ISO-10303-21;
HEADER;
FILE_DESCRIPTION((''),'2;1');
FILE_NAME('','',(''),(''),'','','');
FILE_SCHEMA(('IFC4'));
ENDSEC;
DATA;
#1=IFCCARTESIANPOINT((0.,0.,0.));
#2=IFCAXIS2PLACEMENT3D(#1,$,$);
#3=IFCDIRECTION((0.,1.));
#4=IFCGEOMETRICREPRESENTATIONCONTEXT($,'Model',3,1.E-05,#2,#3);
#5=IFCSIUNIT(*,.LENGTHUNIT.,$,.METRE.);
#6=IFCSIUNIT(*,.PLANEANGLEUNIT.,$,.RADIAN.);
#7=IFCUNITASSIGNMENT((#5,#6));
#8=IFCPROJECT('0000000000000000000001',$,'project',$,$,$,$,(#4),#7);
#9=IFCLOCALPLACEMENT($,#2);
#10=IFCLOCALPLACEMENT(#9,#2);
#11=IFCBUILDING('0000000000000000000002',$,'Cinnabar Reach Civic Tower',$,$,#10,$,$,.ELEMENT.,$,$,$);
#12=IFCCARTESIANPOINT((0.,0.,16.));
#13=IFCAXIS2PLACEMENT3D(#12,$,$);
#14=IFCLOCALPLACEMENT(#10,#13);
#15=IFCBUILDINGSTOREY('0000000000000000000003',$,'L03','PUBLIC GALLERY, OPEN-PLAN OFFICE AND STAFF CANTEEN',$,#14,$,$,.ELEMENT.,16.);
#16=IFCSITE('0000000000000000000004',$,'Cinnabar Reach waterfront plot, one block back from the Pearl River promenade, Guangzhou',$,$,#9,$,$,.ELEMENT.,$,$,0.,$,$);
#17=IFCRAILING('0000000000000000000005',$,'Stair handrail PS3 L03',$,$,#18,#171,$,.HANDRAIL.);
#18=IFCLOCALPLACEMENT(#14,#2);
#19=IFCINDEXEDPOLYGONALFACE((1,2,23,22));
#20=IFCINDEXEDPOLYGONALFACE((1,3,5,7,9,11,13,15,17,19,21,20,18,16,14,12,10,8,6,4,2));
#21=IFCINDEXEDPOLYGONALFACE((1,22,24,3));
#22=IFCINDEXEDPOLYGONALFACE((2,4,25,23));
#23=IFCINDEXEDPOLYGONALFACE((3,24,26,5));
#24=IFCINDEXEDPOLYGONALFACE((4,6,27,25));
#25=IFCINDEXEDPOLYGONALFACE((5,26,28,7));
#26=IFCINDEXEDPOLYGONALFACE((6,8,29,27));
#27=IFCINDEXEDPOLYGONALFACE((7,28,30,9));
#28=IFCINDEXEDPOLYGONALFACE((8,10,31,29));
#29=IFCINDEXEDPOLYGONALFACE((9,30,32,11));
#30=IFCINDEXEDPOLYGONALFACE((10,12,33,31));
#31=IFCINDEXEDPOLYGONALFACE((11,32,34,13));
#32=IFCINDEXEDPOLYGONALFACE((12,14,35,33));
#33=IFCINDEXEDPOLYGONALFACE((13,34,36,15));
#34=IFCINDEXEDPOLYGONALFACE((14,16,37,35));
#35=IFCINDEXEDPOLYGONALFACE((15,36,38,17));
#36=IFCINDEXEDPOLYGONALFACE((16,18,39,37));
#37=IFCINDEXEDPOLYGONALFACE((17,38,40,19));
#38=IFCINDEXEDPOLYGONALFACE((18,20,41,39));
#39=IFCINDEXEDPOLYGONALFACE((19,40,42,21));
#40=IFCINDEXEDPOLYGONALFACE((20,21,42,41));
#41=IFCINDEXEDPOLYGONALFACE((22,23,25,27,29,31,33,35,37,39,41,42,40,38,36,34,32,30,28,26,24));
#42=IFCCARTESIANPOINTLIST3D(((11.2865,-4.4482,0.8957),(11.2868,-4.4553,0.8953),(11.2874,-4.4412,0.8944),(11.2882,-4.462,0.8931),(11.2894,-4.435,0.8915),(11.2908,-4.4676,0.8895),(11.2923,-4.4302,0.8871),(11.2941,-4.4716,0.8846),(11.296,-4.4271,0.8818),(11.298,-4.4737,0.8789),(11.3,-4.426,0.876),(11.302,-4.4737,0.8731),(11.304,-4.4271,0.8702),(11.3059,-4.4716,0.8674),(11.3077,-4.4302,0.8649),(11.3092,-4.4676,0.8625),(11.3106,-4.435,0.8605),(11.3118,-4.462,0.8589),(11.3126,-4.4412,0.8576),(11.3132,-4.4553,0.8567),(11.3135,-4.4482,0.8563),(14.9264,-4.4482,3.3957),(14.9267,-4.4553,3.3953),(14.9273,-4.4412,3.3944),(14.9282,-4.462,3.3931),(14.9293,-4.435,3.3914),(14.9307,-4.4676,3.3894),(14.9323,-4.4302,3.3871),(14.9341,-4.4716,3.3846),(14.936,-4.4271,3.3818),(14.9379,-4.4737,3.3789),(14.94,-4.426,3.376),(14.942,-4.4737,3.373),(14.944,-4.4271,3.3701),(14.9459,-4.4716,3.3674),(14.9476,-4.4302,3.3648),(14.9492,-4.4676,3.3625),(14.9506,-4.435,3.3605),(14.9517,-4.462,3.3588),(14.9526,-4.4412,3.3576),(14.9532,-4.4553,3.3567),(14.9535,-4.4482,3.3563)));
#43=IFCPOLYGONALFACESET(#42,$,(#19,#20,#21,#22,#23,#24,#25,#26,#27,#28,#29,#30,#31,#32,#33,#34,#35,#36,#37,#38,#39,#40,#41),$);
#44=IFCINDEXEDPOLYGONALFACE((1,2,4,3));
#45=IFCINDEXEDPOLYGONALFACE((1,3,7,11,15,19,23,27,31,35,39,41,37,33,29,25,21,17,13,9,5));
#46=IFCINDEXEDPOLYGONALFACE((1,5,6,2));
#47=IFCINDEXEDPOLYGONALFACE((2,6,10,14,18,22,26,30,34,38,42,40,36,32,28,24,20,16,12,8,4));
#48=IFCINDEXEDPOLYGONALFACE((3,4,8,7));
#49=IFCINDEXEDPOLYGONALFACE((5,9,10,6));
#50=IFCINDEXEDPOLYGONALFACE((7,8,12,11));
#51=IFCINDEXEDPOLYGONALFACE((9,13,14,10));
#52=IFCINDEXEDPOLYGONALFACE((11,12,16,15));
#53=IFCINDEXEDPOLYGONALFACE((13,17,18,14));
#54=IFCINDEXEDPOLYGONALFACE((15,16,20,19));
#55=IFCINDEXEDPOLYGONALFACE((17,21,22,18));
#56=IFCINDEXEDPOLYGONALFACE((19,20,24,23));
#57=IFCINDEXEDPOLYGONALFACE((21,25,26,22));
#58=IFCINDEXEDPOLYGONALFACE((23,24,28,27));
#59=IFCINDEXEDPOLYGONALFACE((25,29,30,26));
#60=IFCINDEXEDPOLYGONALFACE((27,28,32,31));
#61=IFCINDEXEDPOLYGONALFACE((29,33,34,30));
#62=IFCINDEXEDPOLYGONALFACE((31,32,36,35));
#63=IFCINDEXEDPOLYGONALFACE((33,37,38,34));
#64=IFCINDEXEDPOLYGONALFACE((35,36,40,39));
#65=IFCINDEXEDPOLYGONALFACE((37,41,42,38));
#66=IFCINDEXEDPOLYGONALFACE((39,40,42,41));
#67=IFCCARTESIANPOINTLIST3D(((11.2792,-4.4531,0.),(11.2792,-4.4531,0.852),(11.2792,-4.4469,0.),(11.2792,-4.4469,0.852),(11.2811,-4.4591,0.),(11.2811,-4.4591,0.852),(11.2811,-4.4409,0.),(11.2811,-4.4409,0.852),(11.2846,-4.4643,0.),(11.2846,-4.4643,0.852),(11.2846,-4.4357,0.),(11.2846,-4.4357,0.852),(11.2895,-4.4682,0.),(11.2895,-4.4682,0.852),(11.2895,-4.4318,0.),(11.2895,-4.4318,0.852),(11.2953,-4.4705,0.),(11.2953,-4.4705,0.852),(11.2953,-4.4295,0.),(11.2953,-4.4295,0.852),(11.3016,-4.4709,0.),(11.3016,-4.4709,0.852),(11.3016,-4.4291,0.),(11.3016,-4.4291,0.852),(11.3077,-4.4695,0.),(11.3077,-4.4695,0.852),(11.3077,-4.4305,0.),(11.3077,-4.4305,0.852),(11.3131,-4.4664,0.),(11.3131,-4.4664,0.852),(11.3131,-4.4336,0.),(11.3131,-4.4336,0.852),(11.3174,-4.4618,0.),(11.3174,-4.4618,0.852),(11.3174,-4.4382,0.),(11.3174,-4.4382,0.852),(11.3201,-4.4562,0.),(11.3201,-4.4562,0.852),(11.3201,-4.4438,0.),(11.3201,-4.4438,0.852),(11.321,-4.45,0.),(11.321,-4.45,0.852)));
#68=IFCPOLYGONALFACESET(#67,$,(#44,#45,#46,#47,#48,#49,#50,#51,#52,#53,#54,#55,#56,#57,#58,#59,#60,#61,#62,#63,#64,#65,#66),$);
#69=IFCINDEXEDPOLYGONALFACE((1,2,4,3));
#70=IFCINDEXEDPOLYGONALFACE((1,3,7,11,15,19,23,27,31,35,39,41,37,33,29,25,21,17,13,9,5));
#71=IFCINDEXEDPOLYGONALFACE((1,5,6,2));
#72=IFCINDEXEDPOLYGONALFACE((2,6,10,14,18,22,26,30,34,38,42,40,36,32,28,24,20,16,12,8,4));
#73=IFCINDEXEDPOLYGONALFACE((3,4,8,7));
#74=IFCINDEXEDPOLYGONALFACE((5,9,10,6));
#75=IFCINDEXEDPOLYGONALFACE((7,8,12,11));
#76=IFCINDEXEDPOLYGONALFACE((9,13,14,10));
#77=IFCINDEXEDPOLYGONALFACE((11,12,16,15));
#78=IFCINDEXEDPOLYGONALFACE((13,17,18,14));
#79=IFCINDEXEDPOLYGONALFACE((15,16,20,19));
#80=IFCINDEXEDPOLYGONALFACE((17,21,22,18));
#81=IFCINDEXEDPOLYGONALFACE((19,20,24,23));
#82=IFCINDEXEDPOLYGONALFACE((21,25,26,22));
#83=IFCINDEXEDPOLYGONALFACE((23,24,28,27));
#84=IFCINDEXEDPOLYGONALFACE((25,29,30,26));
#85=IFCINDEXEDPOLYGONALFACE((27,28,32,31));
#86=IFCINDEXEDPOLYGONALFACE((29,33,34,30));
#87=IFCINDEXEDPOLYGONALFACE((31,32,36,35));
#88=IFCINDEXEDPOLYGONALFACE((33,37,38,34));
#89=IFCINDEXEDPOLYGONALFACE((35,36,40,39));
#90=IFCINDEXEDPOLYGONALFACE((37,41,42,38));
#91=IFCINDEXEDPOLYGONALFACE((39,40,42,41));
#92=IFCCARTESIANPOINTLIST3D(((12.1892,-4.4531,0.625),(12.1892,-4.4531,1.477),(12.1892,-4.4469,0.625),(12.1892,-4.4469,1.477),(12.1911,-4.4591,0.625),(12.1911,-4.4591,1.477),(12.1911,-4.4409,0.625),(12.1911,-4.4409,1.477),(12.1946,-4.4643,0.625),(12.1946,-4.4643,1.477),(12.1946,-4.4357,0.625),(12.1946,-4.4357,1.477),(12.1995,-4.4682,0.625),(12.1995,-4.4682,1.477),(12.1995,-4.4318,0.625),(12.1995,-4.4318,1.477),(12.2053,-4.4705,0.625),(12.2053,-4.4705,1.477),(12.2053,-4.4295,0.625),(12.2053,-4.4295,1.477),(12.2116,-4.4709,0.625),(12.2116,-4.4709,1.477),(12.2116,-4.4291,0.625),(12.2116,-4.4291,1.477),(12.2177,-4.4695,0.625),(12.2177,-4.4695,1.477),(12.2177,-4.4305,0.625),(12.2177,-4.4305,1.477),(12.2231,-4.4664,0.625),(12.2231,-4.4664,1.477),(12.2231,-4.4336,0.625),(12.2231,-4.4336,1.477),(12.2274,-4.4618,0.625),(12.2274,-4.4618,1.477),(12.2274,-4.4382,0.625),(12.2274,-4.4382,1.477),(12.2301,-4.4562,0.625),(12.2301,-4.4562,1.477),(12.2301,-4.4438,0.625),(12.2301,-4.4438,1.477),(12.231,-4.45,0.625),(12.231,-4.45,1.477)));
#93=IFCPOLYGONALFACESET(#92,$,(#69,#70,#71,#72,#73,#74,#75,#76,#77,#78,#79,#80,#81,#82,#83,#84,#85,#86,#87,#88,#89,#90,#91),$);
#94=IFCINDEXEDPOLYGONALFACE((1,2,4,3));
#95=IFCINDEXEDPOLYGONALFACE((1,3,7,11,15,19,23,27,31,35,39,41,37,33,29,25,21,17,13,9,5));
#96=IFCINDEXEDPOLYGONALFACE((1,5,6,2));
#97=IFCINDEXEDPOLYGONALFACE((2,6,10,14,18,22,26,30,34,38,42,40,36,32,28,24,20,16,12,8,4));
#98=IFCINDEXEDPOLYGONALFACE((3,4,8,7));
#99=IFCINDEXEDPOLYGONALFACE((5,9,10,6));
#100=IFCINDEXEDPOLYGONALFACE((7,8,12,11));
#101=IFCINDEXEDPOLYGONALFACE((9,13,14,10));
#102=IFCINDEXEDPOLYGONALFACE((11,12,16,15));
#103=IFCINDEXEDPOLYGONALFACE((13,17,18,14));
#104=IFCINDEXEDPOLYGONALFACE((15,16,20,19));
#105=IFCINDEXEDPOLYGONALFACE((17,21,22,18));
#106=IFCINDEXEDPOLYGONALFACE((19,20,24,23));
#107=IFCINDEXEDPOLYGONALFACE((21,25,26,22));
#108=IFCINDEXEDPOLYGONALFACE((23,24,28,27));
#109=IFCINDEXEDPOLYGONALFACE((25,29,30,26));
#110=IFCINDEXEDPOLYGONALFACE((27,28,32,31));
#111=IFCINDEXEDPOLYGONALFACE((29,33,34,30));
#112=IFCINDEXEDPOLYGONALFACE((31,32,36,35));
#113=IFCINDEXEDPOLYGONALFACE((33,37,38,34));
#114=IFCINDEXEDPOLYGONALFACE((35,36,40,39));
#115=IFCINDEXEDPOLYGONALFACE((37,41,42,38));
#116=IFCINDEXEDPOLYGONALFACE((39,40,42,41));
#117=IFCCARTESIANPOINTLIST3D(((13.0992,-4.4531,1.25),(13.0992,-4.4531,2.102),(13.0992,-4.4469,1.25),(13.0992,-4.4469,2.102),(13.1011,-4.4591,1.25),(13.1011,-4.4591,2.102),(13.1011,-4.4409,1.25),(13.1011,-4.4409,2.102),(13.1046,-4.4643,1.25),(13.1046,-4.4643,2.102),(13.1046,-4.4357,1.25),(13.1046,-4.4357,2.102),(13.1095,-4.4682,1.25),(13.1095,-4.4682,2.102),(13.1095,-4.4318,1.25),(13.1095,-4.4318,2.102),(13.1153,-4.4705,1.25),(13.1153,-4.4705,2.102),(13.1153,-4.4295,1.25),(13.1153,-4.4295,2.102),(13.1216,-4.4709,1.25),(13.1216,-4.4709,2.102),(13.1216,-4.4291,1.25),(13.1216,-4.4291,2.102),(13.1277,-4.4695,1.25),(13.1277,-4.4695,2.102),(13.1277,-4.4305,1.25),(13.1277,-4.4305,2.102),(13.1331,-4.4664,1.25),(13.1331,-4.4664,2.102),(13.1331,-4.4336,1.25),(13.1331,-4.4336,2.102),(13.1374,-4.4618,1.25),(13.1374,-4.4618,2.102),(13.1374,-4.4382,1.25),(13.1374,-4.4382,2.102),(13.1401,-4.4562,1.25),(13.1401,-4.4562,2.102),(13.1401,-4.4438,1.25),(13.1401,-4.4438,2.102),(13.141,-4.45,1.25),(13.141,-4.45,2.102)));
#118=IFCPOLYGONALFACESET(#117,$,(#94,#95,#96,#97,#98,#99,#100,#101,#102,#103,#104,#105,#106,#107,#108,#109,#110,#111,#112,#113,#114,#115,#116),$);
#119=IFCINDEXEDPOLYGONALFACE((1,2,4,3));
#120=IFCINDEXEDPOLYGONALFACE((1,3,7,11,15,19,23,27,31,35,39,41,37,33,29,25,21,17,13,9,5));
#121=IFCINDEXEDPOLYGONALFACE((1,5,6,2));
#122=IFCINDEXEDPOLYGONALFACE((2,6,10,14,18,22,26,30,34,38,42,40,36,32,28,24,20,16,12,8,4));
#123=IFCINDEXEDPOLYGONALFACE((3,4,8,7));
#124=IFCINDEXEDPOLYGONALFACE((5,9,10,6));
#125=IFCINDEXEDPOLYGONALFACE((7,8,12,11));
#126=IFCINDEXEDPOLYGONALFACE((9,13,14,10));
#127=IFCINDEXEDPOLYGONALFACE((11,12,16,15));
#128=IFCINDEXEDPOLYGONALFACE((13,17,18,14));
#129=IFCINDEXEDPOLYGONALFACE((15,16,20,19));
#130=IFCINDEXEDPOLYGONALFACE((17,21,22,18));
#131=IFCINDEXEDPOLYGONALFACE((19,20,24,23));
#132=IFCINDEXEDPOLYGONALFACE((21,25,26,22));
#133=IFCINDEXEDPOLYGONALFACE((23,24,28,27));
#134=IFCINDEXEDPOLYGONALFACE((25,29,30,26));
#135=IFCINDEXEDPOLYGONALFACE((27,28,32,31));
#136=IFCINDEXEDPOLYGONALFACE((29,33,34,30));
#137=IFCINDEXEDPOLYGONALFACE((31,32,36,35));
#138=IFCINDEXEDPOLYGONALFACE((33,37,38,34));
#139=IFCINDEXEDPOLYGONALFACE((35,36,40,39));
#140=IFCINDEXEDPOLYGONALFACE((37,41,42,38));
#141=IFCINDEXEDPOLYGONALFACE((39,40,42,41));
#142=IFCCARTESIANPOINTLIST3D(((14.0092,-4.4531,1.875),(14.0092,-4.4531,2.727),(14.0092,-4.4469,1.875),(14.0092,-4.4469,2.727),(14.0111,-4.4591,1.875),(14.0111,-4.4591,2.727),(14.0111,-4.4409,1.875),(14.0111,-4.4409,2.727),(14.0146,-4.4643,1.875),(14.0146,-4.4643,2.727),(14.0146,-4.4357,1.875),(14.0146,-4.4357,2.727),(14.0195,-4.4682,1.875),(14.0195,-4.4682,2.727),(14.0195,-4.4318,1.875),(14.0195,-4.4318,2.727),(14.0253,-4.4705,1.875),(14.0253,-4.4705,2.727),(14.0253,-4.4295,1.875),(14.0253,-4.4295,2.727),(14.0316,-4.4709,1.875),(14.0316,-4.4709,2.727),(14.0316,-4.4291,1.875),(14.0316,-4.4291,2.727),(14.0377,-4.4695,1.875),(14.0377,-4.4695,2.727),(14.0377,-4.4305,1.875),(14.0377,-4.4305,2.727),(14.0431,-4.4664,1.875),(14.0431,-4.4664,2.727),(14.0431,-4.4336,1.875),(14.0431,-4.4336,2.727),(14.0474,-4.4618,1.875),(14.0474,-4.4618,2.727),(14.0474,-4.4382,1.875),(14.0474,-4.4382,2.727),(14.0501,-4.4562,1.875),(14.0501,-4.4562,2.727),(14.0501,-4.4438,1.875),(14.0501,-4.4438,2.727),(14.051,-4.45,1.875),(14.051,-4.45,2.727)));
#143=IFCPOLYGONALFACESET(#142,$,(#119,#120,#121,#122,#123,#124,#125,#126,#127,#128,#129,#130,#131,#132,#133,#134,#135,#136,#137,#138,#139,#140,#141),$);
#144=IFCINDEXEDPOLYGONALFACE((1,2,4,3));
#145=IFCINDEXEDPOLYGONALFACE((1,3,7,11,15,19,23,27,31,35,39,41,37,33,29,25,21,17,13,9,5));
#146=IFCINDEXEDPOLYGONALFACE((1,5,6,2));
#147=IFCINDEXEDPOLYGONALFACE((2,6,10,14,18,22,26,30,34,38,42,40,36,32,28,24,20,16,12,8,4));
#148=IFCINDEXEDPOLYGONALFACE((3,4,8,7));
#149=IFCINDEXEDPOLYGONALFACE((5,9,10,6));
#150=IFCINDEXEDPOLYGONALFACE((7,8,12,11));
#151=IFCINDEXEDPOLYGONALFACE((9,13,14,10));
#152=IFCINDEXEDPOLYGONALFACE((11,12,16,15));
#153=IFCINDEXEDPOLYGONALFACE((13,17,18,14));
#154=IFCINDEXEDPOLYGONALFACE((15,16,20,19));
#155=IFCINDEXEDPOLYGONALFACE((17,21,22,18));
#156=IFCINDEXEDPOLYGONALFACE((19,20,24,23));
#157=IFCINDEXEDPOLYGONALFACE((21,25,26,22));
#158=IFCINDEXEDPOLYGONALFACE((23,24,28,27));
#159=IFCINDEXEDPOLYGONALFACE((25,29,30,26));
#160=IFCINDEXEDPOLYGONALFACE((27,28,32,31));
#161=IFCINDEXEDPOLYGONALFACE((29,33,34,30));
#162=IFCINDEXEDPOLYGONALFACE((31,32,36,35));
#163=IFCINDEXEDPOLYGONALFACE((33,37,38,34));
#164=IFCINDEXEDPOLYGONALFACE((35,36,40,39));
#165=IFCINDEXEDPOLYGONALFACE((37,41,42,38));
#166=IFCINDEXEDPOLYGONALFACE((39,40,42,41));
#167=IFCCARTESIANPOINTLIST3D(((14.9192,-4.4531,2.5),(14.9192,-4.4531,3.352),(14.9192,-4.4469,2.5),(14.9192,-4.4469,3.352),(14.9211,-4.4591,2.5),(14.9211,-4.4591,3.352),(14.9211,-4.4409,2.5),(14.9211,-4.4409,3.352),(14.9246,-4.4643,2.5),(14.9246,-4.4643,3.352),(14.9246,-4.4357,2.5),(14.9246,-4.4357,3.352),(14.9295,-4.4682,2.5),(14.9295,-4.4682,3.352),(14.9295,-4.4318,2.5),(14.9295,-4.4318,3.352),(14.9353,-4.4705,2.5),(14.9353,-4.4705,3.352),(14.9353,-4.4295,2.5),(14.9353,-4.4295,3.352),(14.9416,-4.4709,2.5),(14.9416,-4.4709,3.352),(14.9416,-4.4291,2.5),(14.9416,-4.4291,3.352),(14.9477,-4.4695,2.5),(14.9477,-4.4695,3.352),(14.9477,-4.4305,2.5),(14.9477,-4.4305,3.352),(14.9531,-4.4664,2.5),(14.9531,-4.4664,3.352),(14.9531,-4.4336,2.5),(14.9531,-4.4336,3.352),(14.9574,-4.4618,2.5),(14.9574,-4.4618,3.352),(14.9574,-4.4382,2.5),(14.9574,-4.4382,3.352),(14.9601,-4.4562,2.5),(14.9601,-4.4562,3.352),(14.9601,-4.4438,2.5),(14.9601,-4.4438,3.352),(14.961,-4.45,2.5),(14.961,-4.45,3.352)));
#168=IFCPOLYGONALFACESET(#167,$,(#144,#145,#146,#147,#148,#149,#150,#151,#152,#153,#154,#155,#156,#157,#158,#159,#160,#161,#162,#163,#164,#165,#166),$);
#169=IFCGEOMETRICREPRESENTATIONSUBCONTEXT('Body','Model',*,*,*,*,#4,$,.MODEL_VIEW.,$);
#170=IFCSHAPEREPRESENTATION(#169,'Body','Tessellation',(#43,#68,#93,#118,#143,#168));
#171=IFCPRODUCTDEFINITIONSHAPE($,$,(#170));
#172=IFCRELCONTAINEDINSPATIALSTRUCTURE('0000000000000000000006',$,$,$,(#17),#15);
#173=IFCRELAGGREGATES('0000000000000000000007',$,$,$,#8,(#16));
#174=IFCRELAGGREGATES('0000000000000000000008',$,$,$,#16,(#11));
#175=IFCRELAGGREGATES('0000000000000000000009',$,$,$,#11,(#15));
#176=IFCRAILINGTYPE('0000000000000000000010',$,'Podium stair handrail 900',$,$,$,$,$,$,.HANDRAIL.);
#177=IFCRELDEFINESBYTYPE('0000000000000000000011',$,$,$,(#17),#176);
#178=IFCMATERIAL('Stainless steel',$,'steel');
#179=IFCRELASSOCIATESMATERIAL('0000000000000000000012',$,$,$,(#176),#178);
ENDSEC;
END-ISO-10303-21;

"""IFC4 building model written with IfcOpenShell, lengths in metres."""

from ifc_helpers import new_model, si_unit, direction, frame, origin, origin_2d, place, context, subcontext, project, spatial, circle, extrude, material, type_object, element, save


model = new_model("IFC4")

# Units and contexts
model_context = context("Model", 3, precision=1e-05, world=origin(), true_north=direction((0.0, 1.0)))
body_context = subcontext(model_context, "Body", "Model", "MODEL_VIEW")
ifc_project = project(units=[si_unit("LENGTHUNIT", "METRE"), si_unit("PLANEANGLEUNIT", "RADIAN")], contexts=[model_context])

# Site, building, storey
site_placement = place(None, origin())
site = spatial("IfcSite", under=ifc_project, at=site_placement, Name="Cinnabar Reach waterfront plot, one block back from the Pearl River promenade, Guangzhou", CompositionType="ELEMENT", RefElevation=0.0)
building_placement = place(site_placement, origin())
building = spatial("IfcBuilding", under=site, at=building_placement, Name="Cinnabar Reach Civic Tower", CompositionType="ELEMENT")
storey_placement = place(building_placement, frame((0.0, 0.0, 16.0)))
storey = spatial("IfcBuildingStorey", under=building, at=storey_placement, Name="L03", Description="PUBLIC GALLERY, OPEN-PLAN OFFICE AND STAFF CANTEEN", CompositionType="ELEMENT", Elevation=16.0)

# Railing
ifc_material_1 = material(Name="Stainless steel", Category="steel")
railing_type_1 = type_object("IfcRailingType", Name="Podium stair handrail 900", PredefinedType="HANDRAIL", material=ifc_material_1)
railing_1_placement = place(storey_placement, frame((11.3, -4.45, 0.0)))
element("IfcRailing", 1, at=railing_1_placement, inside=storey, type_object=railing_type_1, Name="Stair handrail PS3 L03", PredefinedType="HANDRAIL", context=body_context, shape_type="SweptSolid", body=[
    extrude(circle(Radius=0.024, at=origin_2d()), frame((0.0, 0.0, 0.876), z_axis=(0.824306, 0.0, 0.566144), x_axis=(0.0, 1.0, 0.0)), (0.0, 0.0, 1.0), 4.4158),
    extrude(circle(Radius=0.021, at=origin_2d()), origin(), (0.0, 0.0, 1.0), 0.852),
    extrude(circle(Radius=0.021, at=origin_2d()), frame((0.91, 0.0, 0.625)), (0.0, 0.0, 1.0), 0.852),
    extrude(circle(Radius=0.021, at=origin_2d()), frame((1.82, 0.0, 1.25)), (0.0, 0.0, 1.0), 0.852),
    extrude(circle(Radius=0.021, at=origin_2d()), frame((2.73, 0.0, 1.875)), (0.0, 0.0, 1.0), 0.852),
    extrude(circle(Radius=0.021, at=origin_2d()), frame((3.64, 0.0, 2.5)), (0.0, 0.0, 1.0), 0.852),
])

save(model, "model.ifc")
